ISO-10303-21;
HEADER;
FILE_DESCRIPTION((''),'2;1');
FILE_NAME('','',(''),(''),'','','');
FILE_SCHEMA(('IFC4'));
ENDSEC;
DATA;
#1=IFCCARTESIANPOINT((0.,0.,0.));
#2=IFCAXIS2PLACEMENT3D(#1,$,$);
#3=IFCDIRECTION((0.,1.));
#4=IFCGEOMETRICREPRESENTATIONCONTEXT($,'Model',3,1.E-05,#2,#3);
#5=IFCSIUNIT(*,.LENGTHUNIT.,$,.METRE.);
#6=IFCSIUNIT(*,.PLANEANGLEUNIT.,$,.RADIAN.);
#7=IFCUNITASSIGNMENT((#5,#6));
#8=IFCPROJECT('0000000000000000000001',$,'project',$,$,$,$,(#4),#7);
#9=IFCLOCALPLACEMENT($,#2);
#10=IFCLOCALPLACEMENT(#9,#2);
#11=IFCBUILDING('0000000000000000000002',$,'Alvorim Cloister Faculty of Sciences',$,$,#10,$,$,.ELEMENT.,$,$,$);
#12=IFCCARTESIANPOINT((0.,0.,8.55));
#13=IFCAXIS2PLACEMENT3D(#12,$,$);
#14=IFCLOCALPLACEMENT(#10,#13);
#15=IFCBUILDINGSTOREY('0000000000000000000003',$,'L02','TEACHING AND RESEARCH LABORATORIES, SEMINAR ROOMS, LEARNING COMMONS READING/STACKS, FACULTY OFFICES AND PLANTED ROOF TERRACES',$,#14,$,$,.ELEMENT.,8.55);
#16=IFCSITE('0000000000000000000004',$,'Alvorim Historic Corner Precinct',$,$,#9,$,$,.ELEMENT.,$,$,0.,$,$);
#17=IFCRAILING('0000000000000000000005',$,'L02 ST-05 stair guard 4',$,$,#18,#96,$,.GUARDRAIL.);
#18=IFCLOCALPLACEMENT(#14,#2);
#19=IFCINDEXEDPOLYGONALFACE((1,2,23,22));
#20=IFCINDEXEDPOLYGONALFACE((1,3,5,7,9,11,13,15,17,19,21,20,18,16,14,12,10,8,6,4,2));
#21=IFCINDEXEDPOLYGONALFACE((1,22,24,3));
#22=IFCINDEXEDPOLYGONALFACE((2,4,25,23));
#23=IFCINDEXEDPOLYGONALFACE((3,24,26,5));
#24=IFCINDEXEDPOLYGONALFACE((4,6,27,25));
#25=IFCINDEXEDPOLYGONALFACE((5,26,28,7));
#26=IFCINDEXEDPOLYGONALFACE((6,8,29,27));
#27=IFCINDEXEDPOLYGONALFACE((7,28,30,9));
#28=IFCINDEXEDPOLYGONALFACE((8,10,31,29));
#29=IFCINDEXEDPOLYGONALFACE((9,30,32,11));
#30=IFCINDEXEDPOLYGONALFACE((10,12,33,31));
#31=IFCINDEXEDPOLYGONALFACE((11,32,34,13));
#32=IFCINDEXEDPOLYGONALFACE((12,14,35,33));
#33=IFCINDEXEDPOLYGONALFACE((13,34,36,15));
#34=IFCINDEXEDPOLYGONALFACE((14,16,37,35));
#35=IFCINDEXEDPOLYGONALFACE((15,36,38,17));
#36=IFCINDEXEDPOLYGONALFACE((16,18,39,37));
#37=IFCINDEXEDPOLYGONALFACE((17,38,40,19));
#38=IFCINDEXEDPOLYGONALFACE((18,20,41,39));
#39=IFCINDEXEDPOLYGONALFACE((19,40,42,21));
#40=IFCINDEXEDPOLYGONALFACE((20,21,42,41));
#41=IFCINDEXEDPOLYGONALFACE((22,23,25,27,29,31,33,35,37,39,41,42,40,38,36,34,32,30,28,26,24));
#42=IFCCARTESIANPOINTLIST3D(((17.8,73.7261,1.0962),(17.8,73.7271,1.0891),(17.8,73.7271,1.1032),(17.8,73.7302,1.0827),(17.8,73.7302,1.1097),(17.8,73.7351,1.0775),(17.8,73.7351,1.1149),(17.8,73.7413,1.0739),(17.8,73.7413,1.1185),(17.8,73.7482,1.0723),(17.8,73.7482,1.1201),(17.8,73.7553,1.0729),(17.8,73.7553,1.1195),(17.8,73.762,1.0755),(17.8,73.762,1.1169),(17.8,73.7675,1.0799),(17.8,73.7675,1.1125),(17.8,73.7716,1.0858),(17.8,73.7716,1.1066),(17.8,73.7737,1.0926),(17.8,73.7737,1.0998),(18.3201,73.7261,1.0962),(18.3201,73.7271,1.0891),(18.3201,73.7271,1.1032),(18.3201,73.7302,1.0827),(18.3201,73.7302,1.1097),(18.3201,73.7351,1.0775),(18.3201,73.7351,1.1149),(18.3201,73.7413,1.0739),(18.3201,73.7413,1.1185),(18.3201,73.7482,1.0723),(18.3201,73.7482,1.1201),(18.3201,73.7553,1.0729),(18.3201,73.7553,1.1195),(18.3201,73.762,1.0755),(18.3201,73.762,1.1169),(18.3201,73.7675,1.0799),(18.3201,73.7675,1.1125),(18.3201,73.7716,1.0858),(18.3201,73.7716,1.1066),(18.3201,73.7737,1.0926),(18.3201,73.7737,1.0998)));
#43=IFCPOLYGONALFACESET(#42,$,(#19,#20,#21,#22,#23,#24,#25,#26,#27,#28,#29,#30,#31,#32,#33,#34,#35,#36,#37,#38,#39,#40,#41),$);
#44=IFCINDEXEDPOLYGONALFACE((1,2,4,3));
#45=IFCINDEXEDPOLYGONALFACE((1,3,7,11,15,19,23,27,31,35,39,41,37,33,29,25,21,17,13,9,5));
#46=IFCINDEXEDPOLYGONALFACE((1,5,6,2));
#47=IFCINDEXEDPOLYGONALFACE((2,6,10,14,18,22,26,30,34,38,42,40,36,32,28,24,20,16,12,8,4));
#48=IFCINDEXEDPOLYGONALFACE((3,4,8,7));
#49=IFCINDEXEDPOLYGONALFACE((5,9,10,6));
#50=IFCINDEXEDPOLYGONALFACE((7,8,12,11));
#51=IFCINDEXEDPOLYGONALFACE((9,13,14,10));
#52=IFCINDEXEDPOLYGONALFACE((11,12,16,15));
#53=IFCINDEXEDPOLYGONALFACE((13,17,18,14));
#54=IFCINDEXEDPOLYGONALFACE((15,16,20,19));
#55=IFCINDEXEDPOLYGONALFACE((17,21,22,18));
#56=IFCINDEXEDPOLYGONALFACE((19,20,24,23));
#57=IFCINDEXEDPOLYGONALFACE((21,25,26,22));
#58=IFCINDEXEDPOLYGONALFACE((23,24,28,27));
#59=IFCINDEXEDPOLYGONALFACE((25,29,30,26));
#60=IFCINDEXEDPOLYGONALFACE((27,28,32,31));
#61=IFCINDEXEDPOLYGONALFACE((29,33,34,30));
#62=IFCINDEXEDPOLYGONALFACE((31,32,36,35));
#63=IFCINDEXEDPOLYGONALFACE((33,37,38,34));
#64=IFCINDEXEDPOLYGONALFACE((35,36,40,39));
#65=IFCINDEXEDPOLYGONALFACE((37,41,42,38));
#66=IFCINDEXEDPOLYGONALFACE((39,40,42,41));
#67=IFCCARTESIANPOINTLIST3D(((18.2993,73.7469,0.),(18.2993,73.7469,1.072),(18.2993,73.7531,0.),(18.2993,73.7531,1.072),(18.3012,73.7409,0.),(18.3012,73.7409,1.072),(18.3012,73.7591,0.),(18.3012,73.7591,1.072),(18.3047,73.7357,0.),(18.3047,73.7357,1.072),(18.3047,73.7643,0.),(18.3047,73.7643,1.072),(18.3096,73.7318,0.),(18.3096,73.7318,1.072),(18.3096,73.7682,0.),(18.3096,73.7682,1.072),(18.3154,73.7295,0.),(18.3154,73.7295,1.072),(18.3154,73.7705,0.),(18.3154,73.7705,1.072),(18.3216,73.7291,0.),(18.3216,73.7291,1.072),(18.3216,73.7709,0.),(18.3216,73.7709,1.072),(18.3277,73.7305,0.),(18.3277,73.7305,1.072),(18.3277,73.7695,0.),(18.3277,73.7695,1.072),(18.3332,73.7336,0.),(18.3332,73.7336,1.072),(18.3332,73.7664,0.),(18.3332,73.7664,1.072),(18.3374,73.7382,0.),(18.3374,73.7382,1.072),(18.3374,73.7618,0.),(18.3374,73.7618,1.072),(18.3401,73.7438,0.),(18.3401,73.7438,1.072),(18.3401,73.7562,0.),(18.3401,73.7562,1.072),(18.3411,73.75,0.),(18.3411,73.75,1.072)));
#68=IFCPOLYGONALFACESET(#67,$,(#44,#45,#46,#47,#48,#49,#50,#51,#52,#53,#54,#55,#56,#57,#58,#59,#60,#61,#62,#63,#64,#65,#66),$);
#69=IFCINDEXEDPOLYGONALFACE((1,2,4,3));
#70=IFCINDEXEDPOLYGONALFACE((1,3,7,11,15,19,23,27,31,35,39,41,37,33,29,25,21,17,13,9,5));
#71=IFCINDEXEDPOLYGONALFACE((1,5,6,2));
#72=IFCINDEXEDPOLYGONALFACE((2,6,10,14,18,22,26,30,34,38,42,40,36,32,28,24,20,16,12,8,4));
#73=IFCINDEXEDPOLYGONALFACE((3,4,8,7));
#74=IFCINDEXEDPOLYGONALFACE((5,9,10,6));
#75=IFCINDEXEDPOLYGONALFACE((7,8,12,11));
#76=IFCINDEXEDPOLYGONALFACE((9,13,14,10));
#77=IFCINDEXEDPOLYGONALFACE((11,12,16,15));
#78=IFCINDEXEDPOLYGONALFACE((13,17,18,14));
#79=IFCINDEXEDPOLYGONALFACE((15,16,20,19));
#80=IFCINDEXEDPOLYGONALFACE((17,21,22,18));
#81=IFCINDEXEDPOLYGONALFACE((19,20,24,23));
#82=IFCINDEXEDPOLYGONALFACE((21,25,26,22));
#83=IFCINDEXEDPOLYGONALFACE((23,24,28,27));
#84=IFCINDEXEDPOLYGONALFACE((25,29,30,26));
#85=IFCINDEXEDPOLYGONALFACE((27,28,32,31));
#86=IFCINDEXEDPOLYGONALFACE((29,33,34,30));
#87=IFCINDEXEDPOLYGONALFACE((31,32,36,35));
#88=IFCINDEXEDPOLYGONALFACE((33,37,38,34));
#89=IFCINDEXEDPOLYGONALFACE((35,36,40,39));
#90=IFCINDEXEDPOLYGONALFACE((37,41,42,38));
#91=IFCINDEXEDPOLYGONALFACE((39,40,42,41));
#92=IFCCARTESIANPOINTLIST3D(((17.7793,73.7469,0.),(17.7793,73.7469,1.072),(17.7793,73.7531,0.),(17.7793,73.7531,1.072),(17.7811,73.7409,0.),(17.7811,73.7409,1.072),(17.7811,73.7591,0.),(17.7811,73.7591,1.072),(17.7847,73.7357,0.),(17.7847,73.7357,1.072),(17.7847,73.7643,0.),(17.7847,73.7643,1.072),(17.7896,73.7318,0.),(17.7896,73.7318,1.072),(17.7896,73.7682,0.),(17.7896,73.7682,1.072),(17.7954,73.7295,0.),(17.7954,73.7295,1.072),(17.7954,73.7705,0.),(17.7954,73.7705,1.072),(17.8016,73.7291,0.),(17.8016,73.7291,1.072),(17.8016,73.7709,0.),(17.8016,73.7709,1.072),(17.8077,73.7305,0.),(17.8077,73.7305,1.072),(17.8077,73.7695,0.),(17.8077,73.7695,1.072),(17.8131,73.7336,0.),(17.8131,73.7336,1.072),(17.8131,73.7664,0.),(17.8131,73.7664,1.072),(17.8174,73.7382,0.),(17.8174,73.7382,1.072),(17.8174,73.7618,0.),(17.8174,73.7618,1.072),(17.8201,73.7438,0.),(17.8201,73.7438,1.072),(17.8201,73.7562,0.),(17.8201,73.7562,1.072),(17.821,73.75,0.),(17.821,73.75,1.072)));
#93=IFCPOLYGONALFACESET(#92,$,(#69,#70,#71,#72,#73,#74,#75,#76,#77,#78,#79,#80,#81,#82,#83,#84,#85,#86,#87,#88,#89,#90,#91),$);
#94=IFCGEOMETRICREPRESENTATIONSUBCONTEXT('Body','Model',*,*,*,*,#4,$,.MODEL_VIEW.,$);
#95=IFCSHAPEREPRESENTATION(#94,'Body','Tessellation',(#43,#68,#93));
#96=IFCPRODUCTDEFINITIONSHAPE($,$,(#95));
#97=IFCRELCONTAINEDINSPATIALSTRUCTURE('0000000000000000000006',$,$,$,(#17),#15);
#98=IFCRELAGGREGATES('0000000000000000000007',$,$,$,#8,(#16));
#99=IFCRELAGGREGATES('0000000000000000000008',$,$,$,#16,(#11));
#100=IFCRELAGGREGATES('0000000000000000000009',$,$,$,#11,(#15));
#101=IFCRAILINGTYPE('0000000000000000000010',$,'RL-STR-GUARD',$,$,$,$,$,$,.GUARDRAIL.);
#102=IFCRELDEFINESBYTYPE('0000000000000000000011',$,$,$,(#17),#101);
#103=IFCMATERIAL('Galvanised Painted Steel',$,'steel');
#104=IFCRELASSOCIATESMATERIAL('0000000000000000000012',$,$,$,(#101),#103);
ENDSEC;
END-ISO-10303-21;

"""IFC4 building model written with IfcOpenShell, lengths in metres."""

from ifc_helpers import new_model, si_unit, direction, frame, origin, origin_2d, place, context, subcontext, project, spatial, circle, extrude, material, type_object, element, save


model = new_model("IFC4")

# Units and contexts
model_context = context("Model", 3, precision=1e-05, world=origin(), true_north=direction((0.0, 1.0)))
body_context = subcontext(model_context, "Body", "Model", "MODEL_VIEW")
ifc_project = project(units=[si_unit("LENGTHUNIT", "METRE"), si_unit("PLANEANGLEUNIT", "RADIAN")], contexts=[model_context])

# Site, building, storey
site_placement = place(None, origin())
site = spatial("IfcSite", under=ifc_project, at=site_placement, Name="Alvorim Historic Corner Precinct", CompositionType="ELEMENT", RefElevation=0.0)
building_placement = place(site_placement, origin())
building = spatial("IfcBuilding", under=site, at=building_placement, Name="Alvorim Cloister Faculty of Sciences", CompositionType="ELEMENT")
storey_placement = place(building_placement, frame((0.0, 0.0, 8.55)))
storey = spatial("IfcBuildingStorey", under=building, at=storey_placement, Name="L02", Description="TEACHING AND RESEARCH LABORATORIES, SEMINAR ROOMS, LEARNING COMMONS READING/STACKS, FACULTY OFFICES AND PLANTED ROOF TERRACES", CompositionType="ELEMENT", Elevation=8.55)

# Railing
ifc_material_1 = material(Name="Galvanised Painted Steel", Category="steel")
railing_type_1 = type_object("IfcRailingType", Name="RL-STR-GUARD", PredefinedType="GUARDRAIL", material=ifc_material_1)
railing_1_placement = place(storey_placement, frame((18.3201, 73.75, 0.0)))
element("IfcRailing", 1, at=railing_1_placement, inside=storey, type_object=railing_type_1, Name="L02 ST-05 stair guard 4", PredefinedType="GUARDRAIL", context=body_context, shape_type="SweptSolid", body=[
    extrude(circle(Radius=0.0239, at=origin_2d()), frame((0.0, 0.0, 1.0962), z_axis=(-1.0, 0.0, 0.0), x_axis=(0.0, -1.0, 0.0)), (0.0, 0.0, 1.0), 0.52),
    extrude(circle(Radius=0.021, at=origin_2d()), origin(), (0.0, 0.0, 1.0), 1.072),
    extrude(circle(Radius=0.021, at=origin_2d()), frame((-0.52, 0.0, 0.0)), (0.0, 0.0, 1.0), 1.072),
])

save(model, "model.ifc")
